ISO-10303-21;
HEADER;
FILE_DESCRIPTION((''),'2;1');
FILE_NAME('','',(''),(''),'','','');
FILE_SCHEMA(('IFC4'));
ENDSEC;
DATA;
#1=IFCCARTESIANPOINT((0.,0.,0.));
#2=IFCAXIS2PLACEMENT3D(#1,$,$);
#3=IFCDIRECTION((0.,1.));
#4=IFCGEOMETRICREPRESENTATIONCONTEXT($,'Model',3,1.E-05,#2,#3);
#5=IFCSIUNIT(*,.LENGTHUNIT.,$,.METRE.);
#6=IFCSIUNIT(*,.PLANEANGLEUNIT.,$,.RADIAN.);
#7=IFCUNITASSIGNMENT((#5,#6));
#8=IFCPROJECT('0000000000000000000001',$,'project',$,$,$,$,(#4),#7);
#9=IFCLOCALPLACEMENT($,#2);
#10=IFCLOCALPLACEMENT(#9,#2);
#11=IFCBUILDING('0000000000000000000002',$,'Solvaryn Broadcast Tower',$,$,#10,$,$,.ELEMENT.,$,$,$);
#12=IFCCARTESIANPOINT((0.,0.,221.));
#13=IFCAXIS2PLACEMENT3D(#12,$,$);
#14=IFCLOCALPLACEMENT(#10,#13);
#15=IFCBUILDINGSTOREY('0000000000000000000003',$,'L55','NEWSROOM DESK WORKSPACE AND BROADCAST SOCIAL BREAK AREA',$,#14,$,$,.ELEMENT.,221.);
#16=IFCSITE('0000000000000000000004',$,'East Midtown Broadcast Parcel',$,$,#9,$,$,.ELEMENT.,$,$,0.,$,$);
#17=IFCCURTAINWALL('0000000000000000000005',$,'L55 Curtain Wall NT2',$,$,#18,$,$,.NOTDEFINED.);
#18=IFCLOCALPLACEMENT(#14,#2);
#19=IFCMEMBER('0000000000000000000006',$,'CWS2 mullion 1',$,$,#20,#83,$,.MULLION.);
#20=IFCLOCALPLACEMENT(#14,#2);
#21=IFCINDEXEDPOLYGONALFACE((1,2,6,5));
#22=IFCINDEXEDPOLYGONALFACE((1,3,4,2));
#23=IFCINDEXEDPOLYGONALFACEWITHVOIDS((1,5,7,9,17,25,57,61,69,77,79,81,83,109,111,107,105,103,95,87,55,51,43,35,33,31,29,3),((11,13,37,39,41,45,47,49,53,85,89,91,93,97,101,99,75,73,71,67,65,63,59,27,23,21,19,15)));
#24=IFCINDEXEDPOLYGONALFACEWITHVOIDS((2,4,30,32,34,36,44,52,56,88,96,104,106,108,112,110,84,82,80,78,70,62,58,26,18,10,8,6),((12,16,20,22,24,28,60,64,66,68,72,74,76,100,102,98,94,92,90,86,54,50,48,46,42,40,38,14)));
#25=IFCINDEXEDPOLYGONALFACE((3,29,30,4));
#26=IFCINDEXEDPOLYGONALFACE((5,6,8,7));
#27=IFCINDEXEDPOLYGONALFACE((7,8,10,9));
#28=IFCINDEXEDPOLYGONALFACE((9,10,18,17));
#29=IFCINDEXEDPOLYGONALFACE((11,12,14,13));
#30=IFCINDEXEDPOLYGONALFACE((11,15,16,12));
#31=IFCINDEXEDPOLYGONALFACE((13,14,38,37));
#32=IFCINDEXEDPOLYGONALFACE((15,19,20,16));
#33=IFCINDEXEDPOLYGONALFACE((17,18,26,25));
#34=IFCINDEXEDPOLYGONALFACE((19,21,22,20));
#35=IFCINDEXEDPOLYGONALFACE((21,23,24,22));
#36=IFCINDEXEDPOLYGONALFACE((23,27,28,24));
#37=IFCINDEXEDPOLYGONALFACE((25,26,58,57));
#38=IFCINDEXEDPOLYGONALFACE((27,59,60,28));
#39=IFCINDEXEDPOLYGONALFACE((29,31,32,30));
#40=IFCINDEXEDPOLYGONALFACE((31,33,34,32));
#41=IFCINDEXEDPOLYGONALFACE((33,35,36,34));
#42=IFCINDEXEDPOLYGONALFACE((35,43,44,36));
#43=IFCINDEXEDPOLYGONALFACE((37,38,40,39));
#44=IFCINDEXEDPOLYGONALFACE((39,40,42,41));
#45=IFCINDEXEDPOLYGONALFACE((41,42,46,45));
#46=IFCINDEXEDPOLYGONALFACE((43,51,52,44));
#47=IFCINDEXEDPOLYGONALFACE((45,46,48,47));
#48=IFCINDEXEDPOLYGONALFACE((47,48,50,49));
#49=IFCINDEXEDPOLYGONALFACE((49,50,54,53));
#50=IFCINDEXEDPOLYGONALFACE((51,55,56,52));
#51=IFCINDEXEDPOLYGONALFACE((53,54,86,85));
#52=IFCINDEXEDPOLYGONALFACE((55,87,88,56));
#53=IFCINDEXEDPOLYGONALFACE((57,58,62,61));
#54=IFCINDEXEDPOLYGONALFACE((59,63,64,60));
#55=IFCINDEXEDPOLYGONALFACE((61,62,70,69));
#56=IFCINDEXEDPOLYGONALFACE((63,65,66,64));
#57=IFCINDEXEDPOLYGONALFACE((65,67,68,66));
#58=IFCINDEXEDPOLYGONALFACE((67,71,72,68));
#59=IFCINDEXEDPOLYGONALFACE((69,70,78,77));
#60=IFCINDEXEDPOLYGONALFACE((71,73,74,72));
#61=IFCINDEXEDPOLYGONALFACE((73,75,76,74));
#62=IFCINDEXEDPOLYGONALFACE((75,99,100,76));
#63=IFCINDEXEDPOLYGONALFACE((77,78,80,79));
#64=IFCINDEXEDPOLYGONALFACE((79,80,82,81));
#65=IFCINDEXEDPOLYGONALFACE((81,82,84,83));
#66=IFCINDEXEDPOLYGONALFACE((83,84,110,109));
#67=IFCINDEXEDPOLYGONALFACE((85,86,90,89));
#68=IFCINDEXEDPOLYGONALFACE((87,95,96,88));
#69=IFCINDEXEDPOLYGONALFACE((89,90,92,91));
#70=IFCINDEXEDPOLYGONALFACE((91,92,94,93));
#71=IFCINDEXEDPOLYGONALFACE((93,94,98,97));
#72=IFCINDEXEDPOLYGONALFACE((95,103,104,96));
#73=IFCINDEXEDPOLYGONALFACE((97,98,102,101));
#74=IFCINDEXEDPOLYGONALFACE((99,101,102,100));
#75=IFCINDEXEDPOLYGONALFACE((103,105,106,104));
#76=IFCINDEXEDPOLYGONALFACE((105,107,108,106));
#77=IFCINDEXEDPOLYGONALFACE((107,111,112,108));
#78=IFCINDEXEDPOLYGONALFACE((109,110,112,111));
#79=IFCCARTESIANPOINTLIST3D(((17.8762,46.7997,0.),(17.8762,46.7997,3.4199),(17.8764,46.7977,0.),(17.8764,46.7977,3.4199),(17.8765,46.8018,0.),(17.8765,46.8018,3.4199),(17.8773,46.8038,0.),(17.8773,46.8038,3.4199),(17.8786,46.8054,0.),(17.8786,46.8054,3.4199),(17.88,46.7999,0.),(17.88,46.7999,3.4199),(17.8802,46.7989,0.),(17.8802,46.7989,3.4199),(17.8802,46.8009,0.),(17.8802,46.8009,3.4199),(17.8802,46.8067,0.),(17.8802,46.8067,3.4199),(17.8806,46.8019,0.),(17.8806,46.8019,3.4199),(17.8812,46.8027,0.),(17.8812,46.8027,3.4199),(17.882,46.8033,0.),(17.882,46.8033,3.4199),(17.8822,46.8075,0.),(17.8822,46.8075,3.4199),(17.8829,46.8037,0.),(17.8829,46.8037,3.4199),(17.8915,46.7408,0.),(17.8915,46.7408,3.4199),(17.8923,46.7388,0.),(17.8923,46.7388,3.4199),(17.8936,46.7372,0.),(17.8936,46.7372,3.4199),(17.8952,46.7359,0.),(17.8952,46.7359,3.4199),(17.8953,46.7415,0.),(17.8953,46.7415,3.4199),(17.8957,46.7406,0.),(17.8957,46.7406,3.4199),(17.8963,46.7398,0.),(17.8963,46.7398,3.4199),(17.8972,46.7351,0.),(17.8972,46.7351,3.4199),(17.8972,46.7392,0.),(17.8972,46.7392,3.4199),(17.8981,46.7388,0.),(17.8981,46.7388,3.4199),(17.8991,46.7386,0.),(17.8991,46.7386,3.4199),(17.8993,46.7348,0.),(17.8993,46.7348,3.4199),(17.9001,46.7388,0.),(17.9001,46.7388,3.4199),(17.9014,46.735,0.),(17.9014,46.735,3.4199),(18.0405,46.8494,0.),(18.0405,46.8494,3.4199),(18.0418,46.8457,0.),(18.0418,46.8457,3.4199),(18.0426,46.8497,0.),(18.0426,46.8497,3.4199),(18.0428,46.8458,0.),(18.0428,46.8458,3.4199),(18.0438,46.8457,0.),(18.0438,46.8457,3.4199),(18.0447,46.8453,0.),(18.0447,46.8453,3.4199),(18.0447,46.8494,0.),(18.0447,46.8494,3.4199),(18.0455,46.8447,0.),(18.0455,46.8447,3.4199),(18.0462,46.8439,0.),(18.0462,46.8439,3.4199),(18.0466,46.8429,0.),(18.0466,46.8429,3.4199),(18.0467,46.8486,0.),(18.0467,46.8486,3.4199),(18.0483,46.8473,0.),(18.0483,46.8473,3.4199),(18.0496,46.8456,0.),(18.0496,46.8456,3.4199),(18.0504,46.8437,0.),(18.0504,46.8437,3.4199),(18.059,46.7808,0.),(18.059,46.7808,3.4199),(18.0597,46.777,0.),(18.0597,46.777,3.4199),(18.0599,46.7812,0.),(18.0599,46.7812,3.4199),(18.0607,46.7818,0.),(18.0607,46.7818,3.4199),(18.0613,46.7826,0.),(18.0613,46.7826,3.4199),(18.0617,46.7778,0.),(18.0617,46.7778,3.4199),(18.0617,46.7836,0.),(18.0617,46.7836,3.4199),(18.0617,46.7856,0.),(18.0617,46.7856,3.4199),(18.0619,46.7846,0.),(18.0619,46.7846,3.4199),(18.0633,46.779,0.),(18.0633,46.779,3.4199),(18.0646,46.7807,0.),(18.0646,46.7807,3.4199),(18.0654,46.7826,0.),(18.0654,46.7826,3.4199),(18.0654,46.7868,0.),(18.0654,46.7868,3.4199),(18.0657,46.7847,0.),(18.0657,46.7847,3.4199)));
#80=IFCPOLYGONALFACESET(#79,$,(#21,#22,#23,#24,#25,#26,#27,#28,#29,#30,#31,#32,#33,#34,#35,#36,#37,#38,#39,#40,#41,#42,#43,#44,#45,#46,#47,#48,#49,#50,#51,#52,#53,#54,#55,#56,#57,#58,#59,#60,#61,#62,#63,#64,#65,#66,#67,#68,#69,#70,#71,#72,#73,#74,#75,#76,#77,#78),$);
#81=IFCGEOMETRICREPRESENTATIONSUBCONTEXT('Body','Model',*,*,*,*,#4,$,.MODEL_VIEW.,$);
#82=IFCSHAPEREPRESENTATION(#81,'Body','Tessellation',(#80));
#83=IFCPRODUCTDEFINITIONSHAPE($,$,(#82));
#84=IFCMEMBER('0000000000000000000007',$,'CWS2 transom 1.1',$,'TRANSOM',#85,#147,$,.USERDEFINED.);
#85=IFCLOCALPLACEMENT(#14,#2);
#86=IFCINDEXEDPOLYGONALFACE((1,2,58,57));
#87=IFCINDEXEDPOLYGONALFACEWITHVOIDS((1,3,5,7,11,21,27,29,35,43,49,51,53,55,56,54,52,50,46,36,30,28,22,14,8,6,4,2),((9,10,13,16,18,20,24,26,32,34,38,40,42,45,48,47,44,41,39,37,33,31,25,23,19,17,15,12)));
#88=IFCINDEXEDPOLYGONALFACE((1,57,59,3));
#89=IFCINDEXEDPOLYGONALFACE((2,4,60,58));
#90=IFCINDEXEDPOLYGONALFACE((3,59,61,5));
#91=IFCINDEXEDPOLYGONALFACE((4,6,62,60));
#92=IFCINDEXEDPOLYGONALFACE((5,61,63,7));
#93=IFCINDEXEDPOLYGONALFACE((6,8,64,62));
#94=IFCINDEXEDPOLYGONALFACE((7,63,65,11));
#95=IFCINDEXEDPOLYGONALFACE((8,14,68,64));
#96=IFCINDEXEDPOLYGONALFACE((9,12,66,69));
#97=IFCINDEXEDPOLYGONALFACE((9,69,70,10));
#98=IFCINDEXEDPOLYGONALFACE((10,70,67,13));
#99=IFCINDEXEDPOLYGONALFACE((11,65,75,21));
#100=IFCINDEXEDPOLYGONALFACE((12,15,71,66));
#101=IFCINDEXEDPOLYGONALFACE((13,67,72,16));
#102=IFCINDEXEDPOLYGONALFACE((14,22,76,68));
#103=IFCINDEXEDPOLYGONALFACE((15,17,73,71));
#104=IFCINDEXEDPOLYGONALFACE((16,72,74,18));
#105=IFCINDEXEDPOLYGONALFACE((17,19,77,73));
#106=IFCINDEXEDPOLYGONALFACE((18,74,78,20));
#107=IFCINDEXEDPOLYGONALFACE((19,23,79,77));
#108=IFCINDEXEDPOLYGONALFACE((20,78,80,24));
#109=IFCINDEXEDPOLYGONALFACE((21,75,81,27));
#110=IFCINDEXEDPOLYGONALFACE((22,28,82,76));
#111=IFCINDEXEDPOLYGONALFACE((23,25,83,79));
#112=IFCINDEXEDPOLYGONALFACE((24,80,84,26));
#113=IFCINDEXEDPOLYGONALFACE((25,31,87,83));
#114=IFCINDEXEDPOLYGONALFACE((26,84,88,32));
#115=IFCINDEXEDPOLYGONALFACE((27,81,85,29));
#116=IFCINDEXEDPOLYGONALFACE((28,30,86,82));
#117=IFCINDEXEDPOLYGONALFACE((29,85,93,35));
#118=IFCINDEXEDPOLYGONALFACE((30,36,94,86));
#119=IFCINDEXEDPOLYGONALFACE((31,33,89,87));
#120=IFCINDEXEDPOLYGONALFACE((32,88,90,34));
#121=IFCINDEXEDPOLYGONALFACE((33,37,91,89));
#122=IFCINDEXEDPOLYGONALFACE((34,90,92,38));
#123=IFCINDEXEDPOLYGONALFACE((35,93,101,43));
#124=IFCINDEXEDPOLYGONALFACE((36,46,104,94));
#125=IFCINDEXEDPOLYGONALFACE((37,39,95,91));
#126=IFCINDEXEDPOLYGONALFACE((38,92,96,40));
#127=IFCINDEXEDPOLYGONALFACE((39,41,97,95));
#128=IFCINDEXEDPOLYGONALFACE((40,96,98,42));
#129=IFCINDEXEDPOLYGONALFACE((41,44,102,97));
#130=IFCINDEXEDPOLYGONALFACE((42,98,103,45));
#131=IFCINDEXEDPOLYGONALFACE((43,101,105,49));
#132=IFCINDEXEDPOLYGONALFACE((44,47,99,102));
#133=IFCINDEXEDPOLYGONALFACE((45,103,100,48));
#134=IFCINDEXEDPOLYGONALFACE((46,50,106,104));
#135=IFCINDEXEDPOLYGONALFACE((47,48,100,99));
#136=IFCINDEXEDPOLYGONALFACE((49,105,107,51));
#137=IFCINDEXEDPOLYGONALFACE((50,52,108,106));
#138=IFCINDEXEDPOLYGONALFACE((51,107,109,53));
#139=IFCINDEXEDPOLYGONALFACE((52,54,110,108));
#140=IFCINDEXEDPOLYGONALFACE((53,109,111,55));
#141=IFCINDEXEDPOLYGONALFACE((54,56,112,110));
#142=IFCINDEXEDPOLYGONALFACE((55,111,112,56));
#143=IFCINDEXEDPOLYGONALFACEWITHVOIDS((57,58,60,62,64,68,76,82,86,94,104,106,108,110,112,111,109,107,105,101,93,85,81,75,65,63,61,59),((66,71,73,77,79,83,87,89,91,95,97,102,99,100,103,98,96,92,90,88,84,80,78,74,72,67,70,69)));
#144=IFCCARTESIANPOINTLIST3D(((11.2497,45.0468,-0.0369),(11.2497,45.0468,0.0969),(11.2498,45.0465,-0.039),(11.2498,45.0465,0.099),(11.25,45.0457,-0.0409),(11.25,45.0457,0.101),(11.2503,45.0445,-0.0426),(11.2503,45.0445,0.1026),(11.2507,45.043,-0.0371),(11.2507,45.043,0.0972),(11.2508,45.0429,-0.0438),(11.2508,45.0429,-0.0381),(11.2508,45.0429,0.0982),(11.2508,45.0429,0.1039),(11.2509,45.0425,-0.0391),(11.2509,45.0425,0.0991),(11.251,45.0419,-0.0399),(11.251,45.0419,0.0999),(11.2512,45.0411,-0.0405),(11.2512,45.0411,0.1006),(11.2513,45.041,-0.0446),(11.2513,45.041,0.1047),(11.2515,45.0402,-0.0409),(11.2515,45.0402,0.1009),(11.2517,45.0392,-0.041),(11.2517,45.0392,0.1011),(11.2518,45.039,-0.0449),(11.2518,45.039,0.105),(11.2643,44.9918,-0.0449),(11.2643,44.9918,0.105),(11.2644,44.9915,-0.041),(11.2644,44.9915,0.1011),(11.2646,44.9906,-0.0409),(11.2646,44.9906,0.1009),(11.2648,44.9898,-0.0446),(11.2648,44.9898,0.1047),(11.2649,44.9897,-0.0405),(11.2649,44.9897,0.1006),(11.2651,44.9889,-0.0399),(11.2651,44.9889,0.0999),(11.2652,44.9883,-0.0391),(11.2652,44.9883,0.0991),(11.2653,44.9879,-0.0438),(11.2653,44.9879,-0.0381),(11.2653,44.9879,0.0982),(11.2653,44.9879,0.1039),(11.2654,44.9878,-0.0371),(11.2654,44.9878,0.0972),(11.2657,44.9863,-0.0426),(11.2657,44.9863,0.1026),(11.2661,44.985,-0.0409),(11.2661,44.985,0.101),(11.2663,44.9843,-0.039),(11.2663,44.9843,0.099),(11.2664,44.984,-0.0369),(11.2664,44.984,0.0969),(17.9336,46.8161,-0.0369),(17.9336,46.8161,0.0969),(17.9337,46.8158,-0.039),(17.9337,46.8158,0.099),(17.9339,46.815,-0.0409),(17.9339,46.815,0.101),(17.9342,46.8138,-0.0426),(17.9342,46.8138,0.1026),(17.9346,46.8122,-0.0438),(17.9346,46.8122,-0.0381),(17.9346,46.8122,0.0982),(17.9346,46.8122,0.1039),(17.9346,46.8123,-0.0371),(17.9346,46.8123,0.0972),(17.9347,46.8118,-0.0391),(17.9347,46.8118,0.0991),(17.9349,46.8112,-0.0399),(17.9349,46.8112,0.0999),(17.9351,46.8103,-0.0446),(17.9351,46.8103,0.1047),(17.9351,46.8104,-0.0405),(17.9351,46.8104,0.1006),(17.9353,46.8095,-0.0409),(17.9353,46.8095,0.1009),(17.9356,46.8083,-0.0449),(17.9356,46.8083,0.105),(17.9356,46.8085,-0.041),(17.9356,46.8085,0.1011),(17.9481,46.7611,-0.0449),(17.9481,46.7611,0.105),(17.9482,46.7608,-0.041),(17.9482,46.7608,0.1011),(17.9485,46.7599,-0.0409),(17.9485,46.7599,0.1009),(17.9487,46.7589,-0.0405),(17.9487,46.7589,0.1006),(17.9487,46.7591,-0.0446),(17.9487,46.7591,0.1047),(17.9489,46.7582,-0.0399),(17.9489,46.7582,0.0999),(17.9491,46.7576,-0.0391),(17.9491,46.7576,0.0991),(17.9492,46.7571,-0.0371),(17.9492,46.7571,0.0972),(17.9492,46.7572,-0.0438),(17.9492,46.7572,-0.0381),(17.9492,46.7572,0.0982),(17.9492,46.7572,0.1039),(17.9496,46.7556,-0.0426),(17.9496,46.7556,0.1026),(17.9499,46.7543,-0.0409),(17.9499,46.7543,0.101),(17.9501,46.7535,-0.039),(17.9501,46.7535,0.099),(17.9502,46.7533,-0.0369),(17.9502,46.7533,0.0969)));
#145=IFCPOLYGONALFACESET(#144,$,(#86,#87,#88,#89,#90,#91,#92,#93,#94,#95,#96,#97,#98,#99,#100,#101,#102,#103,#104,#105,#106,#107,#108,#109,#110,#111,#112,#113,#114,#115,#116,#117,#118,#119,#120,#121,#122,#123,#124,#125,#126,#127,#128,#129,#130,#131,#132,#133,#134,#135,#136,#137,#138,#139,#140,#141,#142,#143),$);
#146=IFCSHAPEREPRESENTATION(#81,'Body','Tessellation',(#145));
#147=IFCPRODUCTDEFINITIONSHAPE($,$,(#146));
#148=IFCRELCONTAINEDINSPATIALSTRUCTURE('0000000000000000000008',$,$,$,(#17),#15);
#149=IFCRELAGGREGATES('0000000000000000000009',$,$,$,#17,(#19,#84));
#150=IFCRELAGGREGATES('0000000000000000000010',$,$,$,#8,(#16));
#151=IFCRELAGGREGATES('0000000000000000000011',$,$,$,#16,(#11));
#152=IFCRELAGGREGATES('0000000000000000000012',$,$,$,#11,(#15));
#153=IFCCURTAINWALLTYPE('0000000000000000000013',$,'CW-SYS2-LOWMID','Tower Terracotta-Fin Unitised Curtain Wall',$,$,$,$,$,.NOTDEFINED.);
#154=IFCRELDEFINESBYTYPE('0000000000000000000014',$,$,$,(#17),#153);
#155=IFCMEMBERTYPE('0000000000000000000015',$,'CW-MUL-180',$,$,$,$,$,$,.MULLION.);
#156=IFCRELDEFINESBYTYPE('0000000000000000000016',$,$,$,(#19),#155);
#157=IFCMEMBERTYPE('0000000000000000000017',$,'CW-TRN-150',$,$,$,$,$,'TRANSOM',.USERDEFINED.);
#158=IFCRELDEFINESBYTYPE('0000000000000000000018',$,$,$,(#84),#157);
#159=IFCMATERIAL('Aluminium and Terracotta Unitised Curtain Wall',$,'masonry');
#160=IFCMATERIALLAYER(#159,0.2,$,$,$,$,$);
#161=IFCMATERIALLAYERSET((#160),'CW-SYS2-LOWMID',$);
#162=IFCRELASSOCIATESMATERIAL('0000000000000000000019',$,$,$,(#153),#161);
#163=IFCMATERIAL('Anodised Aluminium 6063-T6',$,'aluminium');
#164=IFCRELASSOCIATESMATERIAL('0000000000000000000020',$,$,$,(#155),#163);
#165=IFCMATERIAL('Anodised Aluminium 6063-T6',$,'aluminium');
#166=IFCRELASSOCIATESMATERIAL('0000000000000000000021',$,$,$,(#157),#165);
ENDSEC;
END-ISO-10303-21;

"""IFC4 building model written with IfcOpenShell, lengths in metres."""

from ifc_helpers import new_model, si_unit, direction, frame, origin, origin_2d, place, context, subcontext, project, spatial, hollow_rectangle, extrude, material, layer, layer_set, material_profile, profile_set, type_object, element, aggregate, save


model = new_model("IFC4")

# Units and contexts
model_context = context("Model", 3, precision=1e-05, world=origin(), true_north=direction((0.0, 1.0)))
body_context = subcontext(model_context, "Body", "Model", "MODEL_VIEW")
ifc_project = project(units=[si_unit("LENGTHUNIT", "METRE"), si_unit("PLANEANGLEUNIT", "RADIAN")], contexts=[model_context])

# Site, building, storey
site_placement = place(None, origin())
site = spatial("IfcSite", under=ifc_project, at=site_placement, Name="East Midtown Broadcast Parcel", CompositionType="ELEMENT", RefElevation=0.0)
building_placement = place(site_placement, origin())
building = spatial("IfcBuilding", under=site, at=building_placement, Name="Solvaryn Broadcast Tower", CompositionType="ELEMENT")
storey_placement = place(building_placement, frame((0.0, 0.0, 221.0)))
storey = spatial("IfcBuildingStorey", under=building, at=storey_placement, Name="L55", Description="NEWSROOM DESK WORKSPACE AND BROADCAST SOCIAL BREAK AREA", CompositionType="ELEMENT", Elevation=221.0)

# Shared definitions
ifc_material_1 = material(Name="Aluminium and Terracotta Unitised Curtain Wall", Category="masonry")
ifc_layer_1 = layer(ifc_material_1, 0.2)
ifc_layer_set_1 = layer_set([ifc_layer_1], Name="CW-SYS2-LOWMID")
curtain_wall_type = type_object("IfcCurtainWallType", Name="CW-SYS2-LOWMID", Description="Tower Terracotta-Fin Unitised Curtain Wall", PredefinedType="NOTDEFINED", material=ifc_layer_set_1)
ifc_material_2 = material(Name="Anodised Aluminium 6063-T6", Category="aluminium")
ifc_material_profile_1 = material_profile(ifc_material_2, hollow_rectangle(XDim=0.075, YDim=0.1799, WallThickness=0.0039, InnerFilletRadius=0.0039, OuterFilletRadius=0.0081, at=origin_2d()))
ifc_profile_set_1 = profile_set([ifc_material_profile_1], Name="Anodised Aluminium 6063-T6")
member_type_1 = type_object("IfcMemberType", Name="CW-MUL-180", PredefinedType="MULLION", material=ifc_profile_set_1)

# Curtain wall, members
curtain_wall_1_placement = place(storey_placement, origin())
curtain_wall_1 = element("IfcCurtainWall", 1, at=curtain_wall_1_placement, inside=storey, type_object=curtain_wall_type, Name="L55 Curtain Wall NT2", PredefinedType="NOTDEFINED")
member_1_placement = place(storey_placement, frame((17.9709, 46.7922, 0.0), z_axis=(0.0, 0.0, 1.0), x_axis=(0.255893, -0.966705, 0.0)))
member_1 = element("IfcMember", 2, at=member_1_placement, type_object=member_type_1, Name="CWS2 mullion 1", PredefinedType="MULLION", context=body_context, shape_type="SweptSolid", body=[
    extrude(hollow_rectangle(XDim=0.075, YDim=0.1799, WallThickness=0.0039, InnerFilletRadius=0.0039, OuterFilletRadius=0.0081, at=origin_2d()), origin(), (0.0, 0.0, 1.0), 3.4199),
])
ifc_material_3 = material(Name="Anodised Aluminium 6063-T6", Category="aluminium")
ifc_material_profile_2 = material_profile(ifc_material_3, hollow_rectangle(XDim=0.0649, YDim=0.1499, WallThickness=0.0039, InnerFilletRadius=0.0039, OuterFilletRadius=0.0081, at=origin_2d()))
ifc_profile_set_2 = profile_set([ifc_material_profile_2], Name="Anodised Aluminium 6063-T6")
member_type_2 = type_object("IfcMemberType", Name="CW-TRN-150", ElementType="TRANSOM", PredefinedType="USERDEFINED", material=ifc_profile_set_2)
member_2_placement = place(storey_placement, frame((17.9419, 46.7847, 0.03), z_axis=(-0.966704, -0.255897, 0.0), x_axis=(0.255897, -0.966704, 0.0)))
member_2 = element("IfcMember", 3, at=member_2_placement, type_object=member_type_2, Name="CWS2 transom 1.1", ObjectType="TRANSOM", PredefinedType="USERDEFINED", context=body_context, shape_type="SweptSolid", body=[
    extrude(hollow_rectangle(XDim=0.0649, YDim=0.1499, WallThickness=0.0039, InnerFilletRadius=0.0039, OuterFilletRadius=0.0081, at=origin_2d()), origin(), (0.0, 0.0, 1.0), 6.9141),
])
aggregate(curtain_wall_1, [member_1, member_2])

save(model, "model.ifc")
